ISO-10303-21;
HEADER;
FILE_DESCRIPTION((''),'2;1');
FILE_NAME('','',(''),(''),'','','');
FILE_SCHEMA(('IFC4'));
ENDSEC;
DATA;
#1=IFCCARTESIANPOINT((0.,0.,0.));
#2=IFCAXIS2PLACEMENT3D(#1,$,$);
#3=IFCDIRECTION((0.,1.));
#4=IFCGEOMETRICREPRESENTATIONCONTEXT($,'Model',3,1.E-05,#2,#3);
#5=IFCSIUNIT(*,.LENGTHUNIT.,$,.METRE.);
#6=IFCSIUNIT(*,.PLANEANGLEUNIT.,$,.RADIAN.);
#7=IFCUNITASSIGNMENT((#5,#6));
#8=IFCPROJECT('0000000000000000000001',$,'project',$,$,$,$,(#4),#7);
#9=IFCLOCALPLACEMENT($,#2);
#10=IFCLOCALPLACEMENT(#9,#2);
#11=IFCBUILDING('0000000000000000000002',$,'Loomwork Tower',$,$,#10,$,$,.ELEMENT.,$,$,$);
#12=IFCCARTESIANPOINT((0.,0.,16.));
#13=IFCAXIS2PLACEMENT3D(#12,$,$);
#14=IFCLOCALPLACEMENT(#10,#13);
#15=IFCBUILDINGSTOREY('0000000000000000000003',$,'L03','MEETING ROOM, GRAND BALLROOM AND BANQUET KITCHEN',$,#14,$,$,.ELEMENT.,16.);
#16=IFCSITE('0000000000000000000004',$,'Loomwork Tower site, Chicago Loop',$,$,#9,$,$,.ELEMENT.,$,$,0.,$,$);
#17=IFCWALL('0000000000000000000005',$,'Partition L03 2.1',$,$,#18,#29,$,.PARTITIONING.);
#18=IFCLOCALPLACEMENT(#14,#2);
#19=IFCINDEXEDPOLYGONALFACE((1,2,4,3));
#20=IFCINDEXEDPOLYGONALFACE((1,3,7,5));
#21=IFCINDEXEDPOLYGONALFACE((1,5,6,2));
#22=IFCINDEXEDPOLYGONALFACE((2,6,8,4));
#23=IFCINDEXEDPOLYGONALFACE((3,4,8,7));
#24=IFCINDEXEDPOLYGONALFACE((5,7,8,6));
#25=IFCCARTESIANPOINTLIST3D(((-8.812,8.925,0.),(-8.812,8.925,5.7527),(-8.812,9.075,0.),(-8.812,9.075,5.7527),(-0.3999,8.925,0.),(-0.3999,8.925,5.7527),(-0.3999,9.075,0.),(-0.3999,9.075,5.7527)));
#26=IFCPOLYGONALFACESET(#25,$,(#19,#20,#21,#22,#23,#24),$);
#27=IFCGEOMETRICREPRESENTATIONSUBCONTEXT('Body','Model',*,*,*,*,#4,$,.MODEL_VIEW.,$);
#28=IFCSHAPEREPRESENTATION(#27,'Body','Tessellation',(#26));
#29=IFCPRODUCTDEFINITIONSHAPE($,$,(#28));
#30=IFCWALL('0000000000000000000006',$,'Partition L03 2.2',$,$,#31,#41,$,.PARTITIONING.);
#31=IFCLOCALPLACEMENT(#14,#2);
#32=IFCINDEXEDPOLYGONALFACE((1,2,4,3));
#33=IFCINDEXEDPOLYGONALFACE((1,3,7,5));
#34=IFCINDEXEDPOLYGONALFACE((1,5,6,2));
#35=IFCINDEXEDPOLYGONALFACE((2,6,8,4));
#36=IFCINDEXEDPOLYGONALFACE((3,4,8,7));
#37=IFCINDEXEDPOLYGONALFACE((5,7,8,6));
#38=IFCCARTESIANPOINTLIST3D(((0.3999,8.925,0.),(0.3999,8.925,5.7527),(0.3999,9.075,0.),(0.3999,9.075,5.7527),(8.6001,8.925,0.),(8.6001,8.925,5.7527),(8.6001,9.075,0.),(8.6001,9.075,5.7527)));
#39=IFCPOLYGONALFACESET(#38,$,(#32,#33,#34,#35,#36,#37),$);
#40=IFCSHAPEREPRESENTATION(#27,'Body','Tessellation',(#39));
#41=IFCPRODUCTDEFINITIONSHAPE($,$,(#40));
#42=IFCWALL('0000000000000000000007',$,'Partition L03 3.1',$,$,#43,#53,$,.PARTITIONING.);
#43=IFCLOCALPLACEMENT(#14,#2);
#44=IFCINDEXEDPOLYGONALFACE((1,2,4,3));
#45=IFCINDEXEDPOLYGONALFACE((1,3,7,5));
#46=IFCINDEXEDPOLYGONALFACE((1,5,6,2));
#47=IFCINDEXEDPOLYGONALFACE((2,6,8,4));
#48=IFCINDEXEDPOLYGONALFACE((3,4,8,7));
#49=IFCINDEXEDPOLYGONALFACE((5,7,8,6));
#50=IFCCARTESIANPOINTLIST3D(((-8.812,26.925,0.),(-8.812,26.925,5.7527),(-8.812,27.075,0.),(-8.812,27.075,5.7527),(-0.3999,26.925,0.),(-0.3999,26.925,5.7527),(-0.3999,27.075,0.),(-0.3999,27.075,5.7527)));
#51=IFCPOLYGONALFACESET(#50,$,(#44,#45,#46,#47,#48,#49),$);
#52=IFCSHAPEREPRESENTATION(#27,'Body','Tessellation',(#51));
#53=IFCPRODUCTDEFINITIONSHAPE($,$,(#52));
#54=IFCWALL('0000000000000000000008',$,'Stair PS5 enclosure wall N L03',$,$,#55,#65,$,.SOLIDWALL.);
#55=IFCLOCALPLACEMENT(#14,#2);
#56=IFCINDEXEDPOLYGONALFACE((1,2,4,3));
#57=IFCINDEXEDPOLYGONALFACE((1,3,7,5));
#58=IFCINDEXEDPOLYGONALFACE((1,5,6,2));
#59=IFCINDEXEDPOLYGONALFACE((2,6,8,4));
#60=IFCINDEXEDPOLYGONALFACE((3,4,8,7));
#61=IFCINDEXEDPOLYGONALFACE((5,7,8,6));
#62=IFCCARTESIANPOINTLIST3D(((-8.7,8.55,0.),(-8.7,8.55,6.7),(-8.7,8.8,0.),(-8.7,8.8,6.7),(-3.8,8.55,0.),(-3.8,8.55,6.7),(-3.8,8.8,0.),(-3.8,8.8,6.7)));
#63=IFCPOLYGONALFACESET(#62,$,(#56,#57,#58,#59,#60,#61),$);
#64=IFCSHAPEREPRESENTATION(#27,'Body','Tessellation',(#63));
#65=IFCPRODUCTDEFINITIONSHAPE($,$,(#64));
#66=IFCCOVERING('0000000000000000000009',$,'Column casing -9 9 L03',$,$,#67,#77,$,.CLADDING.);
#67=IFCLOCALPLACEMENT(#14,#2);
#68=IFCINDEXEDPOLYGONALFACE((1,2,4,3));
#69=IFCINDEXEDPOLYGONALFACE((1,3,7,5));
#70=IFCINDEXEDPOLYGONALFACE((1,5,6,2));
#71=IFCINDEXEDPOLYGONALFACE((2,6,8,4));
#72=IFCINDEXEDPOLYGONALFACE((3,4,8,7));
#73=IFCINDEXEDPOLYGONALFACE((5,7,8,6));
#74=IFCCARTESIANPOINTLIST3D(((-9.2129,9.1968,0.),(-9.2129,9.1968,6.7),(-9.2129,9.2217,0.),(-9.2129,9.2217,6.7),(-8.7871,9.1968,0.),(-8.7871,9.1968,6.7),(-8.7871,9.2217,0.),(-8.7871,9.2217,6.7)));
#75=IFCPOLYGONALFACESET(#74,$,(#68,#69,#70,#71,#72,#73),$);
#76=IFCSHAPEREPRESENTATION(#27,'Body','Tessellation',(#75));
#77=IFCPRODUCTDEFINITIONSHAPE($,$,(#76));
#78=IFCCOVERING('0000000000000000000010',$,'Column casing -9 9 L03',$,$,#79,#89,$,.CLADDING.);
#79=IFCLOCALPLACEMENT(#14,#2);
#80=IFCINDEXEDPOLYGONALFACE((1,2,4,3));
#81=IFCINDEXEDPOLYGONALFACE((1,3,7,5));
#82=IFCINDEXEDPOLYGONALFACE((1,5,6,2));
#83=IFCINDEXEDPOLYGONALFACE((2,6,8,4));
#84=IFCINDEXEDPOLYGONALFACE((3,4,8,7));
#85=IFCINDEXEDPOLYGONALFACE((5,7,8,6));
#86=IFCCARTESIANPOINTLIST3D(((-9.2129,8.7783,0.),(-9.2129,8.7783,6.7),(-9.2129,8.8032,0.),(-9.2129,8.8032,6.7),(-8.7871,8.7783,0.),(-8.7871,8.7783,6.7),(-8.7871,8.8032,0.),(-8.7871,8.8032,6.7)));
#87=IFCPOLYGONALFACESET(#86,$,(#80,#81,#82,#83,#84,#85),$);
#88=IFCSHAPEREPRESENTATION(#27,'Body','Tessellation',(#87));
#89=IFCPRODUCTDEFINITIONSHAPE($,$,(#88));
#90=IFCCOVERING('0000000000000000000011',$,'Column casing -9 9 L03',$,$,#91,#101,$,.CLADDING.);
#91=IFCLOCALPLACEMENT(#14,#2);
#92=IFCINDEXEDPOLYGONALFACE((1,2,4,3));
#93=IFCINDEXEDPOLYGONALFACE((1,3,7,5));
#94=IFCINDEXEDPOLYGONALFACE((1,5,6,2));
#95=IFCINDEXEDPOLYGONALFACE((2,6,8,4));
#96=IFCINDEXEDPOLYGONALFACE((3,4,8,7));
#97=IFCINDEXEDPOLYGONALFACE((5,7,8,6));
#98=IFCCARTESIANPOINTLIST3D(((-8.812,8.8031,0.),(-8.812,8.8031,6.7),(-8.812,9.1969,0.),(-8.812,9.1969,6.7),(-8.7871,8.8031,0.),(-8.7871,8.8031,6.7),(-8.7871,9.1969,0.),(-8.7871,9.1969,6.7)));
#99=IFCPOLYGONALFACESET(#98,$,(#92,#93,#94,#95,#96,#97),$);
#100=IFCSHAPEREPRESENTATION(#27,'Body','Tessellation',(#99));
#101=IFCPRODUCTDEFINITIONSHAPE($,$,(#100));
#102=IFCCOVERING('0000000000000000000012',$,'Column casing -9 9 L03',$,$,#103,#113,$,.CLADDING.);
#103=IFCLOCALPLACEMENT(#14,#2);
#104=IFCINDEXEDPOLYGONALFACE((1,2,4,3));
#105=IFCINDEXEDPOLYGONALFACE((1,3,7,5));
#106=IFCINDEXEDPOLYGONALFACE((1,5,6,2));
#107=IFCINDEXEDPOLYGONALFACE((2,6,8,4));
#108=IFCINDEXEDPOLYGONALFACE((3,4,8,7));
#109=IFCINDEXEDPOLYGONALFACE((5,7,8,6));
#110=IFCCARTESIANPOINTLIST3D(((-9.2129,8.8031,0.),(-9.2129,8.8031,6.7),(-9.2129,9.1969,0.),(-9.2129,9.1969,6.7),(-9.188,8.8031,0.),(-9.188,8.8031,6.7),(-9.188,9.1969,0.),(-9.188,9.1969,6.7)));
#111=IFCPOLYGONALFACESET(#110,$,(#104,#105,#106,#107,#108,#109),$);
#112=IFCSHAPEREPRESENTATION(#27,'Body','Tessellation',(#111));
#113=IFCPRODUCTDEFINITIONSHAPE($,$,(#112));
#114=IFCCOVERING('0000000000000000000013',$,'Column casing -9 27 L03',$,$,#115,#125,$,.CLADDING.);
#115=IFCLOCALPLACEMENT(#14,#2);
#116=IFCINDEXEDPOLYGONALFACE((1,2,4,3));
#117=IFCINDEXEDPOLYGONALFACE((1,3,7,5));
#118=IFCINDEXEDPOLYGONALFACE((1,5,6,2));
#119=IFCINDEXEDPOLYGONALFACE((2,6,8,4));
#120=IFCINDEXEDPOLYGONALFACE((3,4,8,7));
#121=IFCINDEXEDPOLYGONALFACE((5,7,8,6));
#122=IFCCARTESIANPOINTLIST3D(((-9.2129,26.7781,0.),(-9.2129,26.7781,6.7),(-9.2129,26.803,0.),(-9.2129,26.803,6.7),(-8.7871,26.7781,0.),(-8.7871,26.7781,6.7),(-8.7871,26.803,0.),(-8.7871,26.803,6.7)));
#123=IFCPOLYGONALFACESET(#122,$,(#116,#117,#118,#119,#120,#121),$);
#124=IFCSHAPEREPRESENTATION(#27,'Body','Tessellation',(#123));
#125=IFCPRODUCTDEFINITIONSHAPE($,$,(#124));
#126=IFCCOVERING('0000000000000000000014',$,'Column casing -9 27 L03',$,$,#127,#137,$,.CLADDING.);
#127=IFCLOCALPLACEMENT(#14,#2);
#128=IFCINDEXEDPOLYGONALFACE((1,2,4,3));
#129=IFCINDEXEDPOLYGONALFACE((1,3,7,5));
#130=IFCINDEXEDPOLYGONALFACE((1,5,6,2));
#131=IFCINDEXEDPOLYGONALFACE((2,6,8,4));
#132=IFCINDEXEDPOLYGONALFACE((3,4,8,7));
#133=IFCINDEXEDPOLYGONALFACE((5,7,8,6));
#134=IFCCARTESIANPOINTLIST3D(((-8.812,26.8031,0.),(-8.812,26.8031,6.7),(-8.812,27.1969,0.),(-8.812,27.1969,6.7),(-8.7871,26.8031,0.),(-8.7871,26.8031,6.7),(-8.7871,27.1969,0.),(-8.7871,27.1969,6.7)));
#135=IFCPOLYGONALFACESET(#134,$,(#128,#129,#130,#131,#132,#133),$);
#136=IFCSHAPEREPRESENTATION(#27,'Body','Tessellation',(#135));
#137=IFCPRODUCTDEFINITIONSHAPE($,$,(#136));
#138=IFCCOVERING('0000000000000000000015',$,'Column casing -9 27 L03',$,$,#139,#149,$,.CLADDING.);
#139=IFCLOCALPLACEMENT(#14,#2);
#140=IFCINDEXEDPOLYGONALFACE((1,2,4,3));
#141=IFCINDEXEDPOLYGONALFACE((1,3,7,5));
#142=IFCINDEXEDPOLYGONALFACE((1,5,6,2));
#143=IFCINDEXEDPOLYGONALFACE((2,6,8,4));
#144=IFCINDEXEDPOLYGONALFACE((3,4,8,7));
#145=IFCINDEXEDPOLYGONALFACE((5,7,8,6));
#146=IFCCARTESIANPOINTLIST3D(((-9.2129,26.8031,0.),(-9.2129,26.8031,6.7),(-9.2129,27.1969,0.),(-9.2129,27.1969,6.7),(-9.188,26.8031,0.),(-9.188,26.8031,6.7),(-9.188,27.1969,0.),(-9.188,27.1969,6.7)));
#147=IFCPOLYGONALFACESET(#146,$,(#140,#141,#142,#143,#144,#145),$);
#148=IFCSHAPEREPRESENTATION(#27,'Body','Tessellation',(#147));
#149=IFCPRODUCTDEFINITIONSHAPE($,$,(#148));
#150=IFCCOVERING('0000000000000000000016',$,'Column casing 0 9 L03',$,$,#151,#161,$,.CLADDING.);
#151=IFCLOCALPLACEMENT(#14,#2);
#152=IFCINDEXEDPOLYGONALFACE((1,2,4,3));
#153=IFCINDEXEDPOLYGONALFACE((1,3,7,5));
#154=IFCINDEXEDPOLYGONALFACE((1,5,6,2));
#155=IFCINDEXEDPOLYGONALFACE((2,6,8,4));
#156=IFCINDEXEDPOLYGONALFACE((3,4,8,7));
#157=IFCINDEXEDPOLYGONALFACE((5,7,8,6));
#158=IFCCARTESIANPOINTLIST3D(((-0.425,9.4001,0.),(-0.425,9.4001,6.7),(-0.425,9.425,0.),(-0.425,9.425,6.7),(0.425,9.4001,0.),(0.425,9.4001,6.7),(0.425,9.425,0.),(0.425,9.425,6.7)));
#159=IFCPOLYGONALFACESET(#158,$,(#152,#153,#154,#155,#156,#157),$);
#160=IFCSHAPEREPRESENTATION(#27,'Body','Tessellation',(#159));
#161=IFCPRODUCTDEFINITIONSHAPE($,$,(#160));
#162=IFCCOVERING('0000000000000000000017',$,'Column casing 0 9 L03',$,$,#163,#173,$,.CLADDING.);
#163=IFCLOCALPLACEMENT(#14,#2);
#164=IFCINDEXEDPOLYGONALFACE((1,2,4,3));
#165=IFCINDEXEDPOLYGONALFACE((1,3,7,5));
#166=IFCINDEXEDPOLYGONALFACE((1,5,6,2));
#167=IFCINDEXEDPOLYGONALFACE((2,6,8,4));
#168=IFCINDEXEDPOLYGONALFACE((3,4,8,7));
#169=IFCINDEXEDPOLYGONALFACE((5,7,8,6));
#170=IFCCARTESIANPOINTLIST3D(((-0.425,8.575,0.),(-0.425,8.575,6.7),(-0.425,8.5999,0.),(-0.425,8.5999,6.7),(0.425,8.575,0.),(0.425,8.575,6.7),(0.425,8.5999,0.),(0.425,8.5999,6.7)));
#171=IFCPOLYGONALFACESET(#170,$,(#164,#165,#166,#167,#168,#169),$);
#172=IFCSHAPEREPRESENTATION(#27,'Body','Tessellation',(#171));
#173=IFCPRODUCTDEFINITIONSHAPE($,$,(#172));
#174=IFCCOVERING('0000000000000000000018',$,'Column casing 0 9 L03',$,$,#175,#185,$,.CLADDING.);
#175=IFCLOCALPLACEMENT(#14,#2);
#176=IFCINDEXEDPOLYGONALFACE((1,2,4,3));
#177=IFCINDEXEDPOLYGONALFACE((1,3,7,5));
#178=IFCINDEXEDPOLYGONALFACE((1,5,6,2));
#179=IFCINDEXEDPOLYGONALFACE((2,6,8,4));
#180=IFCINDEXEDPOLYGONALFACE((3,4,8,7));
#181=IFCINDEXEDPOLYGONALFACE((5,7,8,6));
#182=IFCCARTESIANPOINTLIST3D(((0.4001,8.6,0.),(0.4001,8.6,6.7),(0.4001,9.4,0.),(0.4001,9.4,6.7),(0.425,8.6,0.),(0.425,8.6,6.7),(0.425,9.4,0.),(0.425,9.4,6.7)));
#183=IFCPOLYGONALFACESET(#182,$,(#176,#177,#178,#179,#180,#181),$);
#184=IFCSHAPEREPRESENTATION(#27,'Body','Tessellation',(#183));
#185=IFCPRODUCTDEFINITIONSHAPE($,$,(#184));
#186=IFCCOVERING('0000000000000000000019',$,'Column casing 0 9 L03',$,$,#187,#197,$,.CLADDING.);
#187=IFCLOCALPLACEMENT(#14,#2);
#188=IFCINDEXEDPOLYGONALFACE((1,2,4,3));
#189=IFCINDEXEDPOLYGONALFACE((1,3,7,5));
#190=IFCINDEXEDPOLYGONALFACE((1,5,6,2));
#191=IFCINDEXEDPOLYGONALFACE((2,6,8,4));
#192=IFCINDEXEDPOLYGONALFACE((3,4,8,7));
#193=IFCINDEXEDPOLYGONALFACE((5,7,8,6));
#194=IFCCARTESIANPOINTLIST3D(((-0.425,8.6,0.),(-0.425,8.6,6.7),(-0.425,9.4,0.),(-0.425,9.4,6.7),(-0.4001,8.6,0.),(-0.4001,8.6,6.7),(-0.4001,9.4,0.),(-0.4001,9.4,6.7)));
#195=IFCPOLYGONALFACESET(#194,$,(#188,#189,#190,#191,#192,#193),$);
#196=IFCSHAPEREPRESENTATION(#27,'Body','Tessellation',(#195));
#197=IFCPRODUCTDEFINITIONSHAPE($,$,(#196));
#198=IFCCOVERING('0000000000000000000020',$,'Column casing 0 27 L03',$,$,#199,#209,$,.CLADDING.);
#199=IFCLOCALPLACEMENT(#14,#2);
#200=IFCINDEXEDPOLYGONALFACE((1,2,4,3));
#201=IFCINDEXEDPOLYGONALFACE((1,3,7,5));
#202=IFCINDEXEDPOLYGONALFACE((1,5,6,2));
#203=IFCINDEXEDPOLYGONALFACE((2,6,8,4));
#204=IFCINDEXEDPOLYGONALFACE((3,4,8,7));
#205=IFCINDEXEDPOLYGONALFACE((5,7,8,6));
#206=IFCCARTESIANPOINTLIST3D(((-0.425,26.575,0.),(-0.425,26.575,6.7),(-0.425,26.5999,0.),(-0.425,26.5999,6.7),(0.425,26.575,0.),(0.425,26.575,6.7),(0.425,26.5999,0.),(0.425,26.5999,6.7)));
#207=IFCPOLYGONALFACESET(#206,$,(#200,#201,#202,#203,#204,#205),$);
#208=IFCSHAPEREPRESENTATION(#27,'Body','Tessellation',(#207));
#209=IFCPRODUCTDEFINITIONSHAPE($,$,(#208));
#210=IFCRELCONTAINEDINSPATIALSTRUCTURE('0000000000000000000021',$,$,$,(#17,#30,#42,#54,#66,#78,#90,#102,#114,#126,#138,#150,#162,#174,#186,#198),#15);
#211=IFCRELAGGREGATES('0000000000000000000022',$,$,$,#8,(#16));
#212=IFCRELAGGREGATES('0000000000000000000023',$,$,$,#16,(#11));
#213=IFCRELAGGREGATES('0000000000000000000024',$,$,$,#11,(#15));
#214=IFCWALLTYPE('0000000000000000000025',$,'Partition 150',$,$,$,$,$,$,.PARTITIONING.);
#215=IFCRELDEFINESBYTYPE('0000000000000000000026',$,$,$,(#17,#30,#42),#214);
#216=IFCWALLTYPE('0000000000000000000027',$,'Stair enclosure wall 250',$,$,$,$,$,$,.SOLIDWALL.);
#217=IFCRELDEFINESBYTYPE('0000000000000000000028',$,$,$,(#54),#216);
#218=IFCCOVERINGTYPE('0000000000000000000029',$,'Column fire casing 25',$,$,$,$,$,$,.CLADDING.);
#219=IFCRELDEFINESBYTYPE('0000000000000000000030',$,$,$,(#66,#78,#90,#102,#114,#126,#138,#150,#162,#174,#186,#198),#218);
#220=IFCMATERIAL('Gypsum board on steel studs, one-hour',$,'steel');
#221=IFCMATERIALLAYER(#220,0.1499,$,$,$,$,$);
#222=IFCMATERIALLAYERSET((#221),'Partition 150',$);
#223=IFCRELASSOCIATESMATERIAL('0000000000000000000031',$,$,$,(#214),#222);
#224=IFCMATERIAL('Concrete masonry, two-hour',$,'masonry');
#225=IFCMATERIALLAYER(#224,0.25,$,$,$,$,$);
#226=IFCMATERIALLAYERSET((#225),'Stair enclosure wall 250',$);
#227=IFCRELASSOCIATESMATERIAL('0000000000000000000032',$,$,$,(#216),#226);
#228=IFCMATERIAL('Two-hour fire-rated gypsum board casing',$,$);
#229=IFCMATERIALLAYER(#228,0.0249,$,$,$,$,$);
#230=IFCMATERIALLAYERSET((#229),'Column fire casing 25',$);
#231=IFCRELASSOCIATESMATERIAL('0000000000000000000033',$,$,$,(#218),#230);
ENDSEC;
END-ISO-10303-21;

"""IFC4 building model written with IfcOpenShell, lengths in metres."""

from ifc_helpers import new_model, si_unit, direction, frame, frame_2d, origin, origin_2d, place, context, subcontext, project, spatial, rectangle, extrude, material, layer, layer_set, type_object, element, save


model = new_model("IFC4")

# Units and contexts
model_context = context("Model", 3, precision=1e-05, world=origin(), true_north=direction((0.0, 1.0)))
body_context = subcontext(model_context, "Body", "Model", "MODEL_VIEW")
ifc_project = project(units=[si_unit("LENGTHUNIT", "METRE"), si_unit("PLANEANGLEUNIT", "RADIAN")], contexts=[model_context])

# Site, building, storey
site_placement = place(None, origin())
site = spatial("IfcSite", under=ifc_project, at=site_placement, Name="Loomwork Tower site, Chicago Loop", CompositionType="ELEMENT", RefElevation=0.0)
building_placement = place(site_placement, origin())
building = spatial("IfcBuilding", under=site, at=building_placement, Name="Loomwork Tower", CompositionType="ELEMENT")
storey_placement = place(building_placement, frame((0.0, 0.0, 16.0)))
storey = spatial("IfcBuildingStorey", under=building, at=storey_placement, Name="L03", Description="MEETING ROOM, GRAND BALLROOM AND BANQUET KITCHEN", CompositionType="ELEMENT", Elevation=16.0)

# Walls
ifc_material_1 = material(Name="Gypsum board on steel studs, one-hour", Category="steel")
ifc_layer_1 = layer(ifc_material_1, 0.1499)
ifc_layer_set_1 = layer_set([ifc_layer_1], Name="Partition 150")
wall_type_1 = type_object("IfcWallType", Name="Partition 150", PredefinedType="PARTITIONING", material=ifc_layer_set_1)
wall_1_placement = place(storey_placement, frame((-8.812, 9.0, 0.0), z_axis=(0.0, 0.0, 1.0), x_axis=(1.0, 0.0, 0.0)))
element("IfcWall", 1, at=wall_1_placement, inside=storey, type_object=wall_type_1, Name="Partition L03 2.1", PredefinedType="PARTITIONING", context=body_context, shape_type="SweptSolid", body=[
    extrude(rectangle(XDim=8.4121, YDim=0.1499, at=frame_2d((4.2061, 0.0))), origin(), (0.0, 0.0, 1.0), 5.7527),
])
wall_2_placement = place(storey_placement, frame((0.3999, 9.0, 0.0), z_axis=(0.0, 0.0, 1.0), x_axis=(1.0, 0.0, 0.0)))
element("IfcWall", 2, at=wall_2_placement, inside=storey, type_object=wall_type_1, Name="Partition L03 2.2", PredefinedType="PARTITIONING", context=body_context, shape_type="SweptSolid", body=[
    extrude(rectangle(XDim=8.2002, YDim=0.1499, at=frame_2d((4.1001, 0.0))), origin(), (0.0, 0.0, 1.0), 5.7527),
])
wall_3_placement = place(storey_placement, frame((-8.812, 27.0, 0.0), z_axis=(0.0, 0.0, 1.0), x_axis=(1.0, 0.0, 0.0)))
element("IfcWall", 3, at=wall_3_placement, inside=storey, type_object=wall_type_1, Name="Partition L03 3.1", PredefinedType="PARTITIONING", context=body_context, shape_type="SweptSolid", body=[
    extrude(rectangle(XDim=8.4121, YDim=0.1499, at=frame_2d((4.2061, 0.0))), origin(), (0.0, 0.0, 1.0), 5.7527),
])
ifc_material_2 = material(Name="Concrete masonry, two-hour", Category="masonry")
ifc_layer_2 = layer(ifc_material_2, 0.25)
ifc_layer_set_2 = layer_set([ifc_layer_2], Name="Stair enclosure wall 250")
wall_type_2 = type_object("IfcWallType", Name="Stair enclosure wall 250", PredefinedType="SOLIDWALL", material=ifc_layer_set_2)
wall_4_placement = place(storey_placement, frame((-8.7, 8.675, 0.0), z_axis=(0.0, 0.0, 1.0), x_axis=(1.0, 0.0, 0.0)))
element("IfcWall", 4, at=wall_4_placement, inside=storey, type_object=wall_type_2, Name="Stair PS5 enclosure wall N L03", PredefinedType="SOLIDWALL", context=body_context, shape_type="SweptSolid", body=[
    extrude(rectangle(XDim=4.8999, YDim=0.25, at=frame_2d((2.45, 0.0))), origin(), (0.0, 0.0, 1.0), 6.7),
])

# Coverings
ifc_material_3 = material(Name="Two-hour fire-rated gypsum board casing")
ifc_layer_3 = layer(ifc_material_3, 0.0249)
ifc_layer_set_3 = layer_set([ifc_layer_3], Name="Column fire casing 25")
covering_type = type_object("IfcCoveringType", Name="Column fire casing 25", PredefinedType="CLADDING", material=ifc_layer_set_3)
for number, where, z_axis, x_axis, name in (
    (5, (-9.0, 9.2092, 0.0), (0.0, 0.0, 1.0), (1.0, 0.0, 0.0), "Column casing -9 9 L03"),
    (6, (-9.0, 8.7908, 0.0), (0.0, 0.0, 1.0), (1.0, 0.0, 0.0), "Column casing -9 9 L03"),
):
    element("IfcCovering", number, at=place(storey_placement, frame(where, z_axis=z_axis, x_axis=x_axis)), inside=storey, type_object=covering_type, Name=name, PredefinedType="CLADDING", context=body_context, shape_type="SweptSolid", body=[
        extrude(rectangle(XDim=0.4258, YDim=0.0249, at=origin_2d()), origin(), (0.0, 0.0, 1.0), 6.7),
    ])
for number, where, z_axis, x_axis, name in (
    (7, (-8.7996, 9.0, 0.0), (0.0, 0.0, 1.0), (1.0, 0.0, 0.0), "Column casing -9 9 L03"),
    (8, (-9.2004, 9.0, 0.0), (0.0, 0.0, 1.0), (1.0, 0.0, 0.0), "Column casing -9 9 L03"),
):
    element("IfcCovering", number, at=place(storey_placement, frame(where, z_axis=z_axis, x_axis=x_axis)), inside=storey, type_object=covering_type, Name=name, PredefinedType="CLADDING", context=body_context, shape_type="SweptSolid", body=[
        extrude(rectangle(XDim=0.0249, YDim=0.3938, at=origin_2d()), origin(), (0.0, 0.0, 1.0), 6.7),
    ])
covering_1_placement = place(storey_placement, frame((-9.0, 26.7905, 0.0), z_axis=(0.0, 0.0, 1.0), x_axis=(1.0, 0.0, 0.0)))
element("IfcCovering", 9, at=covering_1_placement, inside=storey, type_object=covering_type, Name="Column casing -9 27 L03", PredefinedType="CLADDING", context=body_context, shape_type="SweptSolid", body=[
    extrude(rectangle(XDim=0.4258, YDim=0.0249, at=origin_2d()), origin(), (0.0, 0.0, 1.0), 6.7),
])
for number, where, z_axis, x_axis, name in (
    (10, (-8.7996, 27.0, 0.0), (0.0, 0.0, 1.0), (1.0, 0.0, 0.0), "Column casing -9 27 L03"),
    (11, (-9.2004, 27.0, 0.0), (0.0, 0.0, 1.0), (1.0, 0.0, 0.0), "Column casing -9 27 L03"),
):
    element("IfcCovering", number, at=place(storey_placement, frame(where, z_axis=z_axis, x_axis=x_axis)), inside=storey, type_object=covering_type, Name=name, PredefinedType="CLADDING", context=body_context, shape_type="SweptSolid", body=[
        extrude(rectangle(XDim=0.0249, YDim=0.3938, at=origin_2d()), origin(), (0.0, 0.0, 1.0), 6.7),
    ])
for number, where, z_axis, x_axis, name in (
    (12, (0.0, 9.4126, 0.0), (0.0, 0.0, 1.0), (1.0, 0.0, 0.0), "Column casing 0 9 L03"),
    (13, (0.0, 8.5874, 0.0), (0.0, 0.0, 1.0), (1.0, 0.0, 0.0), "Column casing 0 9 L03"),
):
    element("IfcCovering", number, at=place(storey_placement, frame(where, z_axis=z_axis, x_axis=x_axis)), inside=storey, type_object=covering_type, Name=name, PredefinedType="CLADDING", context=body_context, shape_type="SweptSolid", body=[
        extrude(rectangle(XDim=0.8501, YDim=0.0249, at=origin_2d()), origin(), (0.0, 0.0, 1.0), 6.7),
    ])
for number, where, z_axis, x_axis, name in (
    (14, (0.4126, 9.0, 0.0), (0.0, 0.0, 1.0), (1.0, 0.0, 0.0), "Column casing 0 9 L03"),
    (15, (-0.4126, 9.0, 0.0), (0.0, 0.0, 1.0), (1.0, 0.0, 0.0), "Column casing 0 9 L03"),
):
    element("IfcCovering", number, at=place(storey_placement, frame(where, z_axis=z_axis, x_axis=x_axis)), inside=storey, type_object=covering_type, Name=name, PredefinedType="CLADDING", context=body_context, shape_type="SweptSolid", body=[
        extrude(rectangle(XDim=0.0249, YDim=0.8, at=origin_2d()), origin(), (0.0, 0.0, 1.0), 6.7),
    ])
covering_2_placement = place(storey_placement, frame((0.0, 26.5874, 0.0), z_axis=(0.0, 0.0, 1.0), x_axis=(1.0, 0.0, 0.0)))
element("IfcCovering", 16, at=covering_2_placement, inside=storey, type_object=covering_type, Name="Column casing 0 27 L03", PredefinedType="CLADDING", context=body_context, shape_type="SweptSolid", body=[
    extrude(rectangle(XDim=0.8501, YDim=0.0249, at=origin_2d()), origin(), (0.0, 0.0, 1.0), 6.7),
])

save(model, "model.ifc")
